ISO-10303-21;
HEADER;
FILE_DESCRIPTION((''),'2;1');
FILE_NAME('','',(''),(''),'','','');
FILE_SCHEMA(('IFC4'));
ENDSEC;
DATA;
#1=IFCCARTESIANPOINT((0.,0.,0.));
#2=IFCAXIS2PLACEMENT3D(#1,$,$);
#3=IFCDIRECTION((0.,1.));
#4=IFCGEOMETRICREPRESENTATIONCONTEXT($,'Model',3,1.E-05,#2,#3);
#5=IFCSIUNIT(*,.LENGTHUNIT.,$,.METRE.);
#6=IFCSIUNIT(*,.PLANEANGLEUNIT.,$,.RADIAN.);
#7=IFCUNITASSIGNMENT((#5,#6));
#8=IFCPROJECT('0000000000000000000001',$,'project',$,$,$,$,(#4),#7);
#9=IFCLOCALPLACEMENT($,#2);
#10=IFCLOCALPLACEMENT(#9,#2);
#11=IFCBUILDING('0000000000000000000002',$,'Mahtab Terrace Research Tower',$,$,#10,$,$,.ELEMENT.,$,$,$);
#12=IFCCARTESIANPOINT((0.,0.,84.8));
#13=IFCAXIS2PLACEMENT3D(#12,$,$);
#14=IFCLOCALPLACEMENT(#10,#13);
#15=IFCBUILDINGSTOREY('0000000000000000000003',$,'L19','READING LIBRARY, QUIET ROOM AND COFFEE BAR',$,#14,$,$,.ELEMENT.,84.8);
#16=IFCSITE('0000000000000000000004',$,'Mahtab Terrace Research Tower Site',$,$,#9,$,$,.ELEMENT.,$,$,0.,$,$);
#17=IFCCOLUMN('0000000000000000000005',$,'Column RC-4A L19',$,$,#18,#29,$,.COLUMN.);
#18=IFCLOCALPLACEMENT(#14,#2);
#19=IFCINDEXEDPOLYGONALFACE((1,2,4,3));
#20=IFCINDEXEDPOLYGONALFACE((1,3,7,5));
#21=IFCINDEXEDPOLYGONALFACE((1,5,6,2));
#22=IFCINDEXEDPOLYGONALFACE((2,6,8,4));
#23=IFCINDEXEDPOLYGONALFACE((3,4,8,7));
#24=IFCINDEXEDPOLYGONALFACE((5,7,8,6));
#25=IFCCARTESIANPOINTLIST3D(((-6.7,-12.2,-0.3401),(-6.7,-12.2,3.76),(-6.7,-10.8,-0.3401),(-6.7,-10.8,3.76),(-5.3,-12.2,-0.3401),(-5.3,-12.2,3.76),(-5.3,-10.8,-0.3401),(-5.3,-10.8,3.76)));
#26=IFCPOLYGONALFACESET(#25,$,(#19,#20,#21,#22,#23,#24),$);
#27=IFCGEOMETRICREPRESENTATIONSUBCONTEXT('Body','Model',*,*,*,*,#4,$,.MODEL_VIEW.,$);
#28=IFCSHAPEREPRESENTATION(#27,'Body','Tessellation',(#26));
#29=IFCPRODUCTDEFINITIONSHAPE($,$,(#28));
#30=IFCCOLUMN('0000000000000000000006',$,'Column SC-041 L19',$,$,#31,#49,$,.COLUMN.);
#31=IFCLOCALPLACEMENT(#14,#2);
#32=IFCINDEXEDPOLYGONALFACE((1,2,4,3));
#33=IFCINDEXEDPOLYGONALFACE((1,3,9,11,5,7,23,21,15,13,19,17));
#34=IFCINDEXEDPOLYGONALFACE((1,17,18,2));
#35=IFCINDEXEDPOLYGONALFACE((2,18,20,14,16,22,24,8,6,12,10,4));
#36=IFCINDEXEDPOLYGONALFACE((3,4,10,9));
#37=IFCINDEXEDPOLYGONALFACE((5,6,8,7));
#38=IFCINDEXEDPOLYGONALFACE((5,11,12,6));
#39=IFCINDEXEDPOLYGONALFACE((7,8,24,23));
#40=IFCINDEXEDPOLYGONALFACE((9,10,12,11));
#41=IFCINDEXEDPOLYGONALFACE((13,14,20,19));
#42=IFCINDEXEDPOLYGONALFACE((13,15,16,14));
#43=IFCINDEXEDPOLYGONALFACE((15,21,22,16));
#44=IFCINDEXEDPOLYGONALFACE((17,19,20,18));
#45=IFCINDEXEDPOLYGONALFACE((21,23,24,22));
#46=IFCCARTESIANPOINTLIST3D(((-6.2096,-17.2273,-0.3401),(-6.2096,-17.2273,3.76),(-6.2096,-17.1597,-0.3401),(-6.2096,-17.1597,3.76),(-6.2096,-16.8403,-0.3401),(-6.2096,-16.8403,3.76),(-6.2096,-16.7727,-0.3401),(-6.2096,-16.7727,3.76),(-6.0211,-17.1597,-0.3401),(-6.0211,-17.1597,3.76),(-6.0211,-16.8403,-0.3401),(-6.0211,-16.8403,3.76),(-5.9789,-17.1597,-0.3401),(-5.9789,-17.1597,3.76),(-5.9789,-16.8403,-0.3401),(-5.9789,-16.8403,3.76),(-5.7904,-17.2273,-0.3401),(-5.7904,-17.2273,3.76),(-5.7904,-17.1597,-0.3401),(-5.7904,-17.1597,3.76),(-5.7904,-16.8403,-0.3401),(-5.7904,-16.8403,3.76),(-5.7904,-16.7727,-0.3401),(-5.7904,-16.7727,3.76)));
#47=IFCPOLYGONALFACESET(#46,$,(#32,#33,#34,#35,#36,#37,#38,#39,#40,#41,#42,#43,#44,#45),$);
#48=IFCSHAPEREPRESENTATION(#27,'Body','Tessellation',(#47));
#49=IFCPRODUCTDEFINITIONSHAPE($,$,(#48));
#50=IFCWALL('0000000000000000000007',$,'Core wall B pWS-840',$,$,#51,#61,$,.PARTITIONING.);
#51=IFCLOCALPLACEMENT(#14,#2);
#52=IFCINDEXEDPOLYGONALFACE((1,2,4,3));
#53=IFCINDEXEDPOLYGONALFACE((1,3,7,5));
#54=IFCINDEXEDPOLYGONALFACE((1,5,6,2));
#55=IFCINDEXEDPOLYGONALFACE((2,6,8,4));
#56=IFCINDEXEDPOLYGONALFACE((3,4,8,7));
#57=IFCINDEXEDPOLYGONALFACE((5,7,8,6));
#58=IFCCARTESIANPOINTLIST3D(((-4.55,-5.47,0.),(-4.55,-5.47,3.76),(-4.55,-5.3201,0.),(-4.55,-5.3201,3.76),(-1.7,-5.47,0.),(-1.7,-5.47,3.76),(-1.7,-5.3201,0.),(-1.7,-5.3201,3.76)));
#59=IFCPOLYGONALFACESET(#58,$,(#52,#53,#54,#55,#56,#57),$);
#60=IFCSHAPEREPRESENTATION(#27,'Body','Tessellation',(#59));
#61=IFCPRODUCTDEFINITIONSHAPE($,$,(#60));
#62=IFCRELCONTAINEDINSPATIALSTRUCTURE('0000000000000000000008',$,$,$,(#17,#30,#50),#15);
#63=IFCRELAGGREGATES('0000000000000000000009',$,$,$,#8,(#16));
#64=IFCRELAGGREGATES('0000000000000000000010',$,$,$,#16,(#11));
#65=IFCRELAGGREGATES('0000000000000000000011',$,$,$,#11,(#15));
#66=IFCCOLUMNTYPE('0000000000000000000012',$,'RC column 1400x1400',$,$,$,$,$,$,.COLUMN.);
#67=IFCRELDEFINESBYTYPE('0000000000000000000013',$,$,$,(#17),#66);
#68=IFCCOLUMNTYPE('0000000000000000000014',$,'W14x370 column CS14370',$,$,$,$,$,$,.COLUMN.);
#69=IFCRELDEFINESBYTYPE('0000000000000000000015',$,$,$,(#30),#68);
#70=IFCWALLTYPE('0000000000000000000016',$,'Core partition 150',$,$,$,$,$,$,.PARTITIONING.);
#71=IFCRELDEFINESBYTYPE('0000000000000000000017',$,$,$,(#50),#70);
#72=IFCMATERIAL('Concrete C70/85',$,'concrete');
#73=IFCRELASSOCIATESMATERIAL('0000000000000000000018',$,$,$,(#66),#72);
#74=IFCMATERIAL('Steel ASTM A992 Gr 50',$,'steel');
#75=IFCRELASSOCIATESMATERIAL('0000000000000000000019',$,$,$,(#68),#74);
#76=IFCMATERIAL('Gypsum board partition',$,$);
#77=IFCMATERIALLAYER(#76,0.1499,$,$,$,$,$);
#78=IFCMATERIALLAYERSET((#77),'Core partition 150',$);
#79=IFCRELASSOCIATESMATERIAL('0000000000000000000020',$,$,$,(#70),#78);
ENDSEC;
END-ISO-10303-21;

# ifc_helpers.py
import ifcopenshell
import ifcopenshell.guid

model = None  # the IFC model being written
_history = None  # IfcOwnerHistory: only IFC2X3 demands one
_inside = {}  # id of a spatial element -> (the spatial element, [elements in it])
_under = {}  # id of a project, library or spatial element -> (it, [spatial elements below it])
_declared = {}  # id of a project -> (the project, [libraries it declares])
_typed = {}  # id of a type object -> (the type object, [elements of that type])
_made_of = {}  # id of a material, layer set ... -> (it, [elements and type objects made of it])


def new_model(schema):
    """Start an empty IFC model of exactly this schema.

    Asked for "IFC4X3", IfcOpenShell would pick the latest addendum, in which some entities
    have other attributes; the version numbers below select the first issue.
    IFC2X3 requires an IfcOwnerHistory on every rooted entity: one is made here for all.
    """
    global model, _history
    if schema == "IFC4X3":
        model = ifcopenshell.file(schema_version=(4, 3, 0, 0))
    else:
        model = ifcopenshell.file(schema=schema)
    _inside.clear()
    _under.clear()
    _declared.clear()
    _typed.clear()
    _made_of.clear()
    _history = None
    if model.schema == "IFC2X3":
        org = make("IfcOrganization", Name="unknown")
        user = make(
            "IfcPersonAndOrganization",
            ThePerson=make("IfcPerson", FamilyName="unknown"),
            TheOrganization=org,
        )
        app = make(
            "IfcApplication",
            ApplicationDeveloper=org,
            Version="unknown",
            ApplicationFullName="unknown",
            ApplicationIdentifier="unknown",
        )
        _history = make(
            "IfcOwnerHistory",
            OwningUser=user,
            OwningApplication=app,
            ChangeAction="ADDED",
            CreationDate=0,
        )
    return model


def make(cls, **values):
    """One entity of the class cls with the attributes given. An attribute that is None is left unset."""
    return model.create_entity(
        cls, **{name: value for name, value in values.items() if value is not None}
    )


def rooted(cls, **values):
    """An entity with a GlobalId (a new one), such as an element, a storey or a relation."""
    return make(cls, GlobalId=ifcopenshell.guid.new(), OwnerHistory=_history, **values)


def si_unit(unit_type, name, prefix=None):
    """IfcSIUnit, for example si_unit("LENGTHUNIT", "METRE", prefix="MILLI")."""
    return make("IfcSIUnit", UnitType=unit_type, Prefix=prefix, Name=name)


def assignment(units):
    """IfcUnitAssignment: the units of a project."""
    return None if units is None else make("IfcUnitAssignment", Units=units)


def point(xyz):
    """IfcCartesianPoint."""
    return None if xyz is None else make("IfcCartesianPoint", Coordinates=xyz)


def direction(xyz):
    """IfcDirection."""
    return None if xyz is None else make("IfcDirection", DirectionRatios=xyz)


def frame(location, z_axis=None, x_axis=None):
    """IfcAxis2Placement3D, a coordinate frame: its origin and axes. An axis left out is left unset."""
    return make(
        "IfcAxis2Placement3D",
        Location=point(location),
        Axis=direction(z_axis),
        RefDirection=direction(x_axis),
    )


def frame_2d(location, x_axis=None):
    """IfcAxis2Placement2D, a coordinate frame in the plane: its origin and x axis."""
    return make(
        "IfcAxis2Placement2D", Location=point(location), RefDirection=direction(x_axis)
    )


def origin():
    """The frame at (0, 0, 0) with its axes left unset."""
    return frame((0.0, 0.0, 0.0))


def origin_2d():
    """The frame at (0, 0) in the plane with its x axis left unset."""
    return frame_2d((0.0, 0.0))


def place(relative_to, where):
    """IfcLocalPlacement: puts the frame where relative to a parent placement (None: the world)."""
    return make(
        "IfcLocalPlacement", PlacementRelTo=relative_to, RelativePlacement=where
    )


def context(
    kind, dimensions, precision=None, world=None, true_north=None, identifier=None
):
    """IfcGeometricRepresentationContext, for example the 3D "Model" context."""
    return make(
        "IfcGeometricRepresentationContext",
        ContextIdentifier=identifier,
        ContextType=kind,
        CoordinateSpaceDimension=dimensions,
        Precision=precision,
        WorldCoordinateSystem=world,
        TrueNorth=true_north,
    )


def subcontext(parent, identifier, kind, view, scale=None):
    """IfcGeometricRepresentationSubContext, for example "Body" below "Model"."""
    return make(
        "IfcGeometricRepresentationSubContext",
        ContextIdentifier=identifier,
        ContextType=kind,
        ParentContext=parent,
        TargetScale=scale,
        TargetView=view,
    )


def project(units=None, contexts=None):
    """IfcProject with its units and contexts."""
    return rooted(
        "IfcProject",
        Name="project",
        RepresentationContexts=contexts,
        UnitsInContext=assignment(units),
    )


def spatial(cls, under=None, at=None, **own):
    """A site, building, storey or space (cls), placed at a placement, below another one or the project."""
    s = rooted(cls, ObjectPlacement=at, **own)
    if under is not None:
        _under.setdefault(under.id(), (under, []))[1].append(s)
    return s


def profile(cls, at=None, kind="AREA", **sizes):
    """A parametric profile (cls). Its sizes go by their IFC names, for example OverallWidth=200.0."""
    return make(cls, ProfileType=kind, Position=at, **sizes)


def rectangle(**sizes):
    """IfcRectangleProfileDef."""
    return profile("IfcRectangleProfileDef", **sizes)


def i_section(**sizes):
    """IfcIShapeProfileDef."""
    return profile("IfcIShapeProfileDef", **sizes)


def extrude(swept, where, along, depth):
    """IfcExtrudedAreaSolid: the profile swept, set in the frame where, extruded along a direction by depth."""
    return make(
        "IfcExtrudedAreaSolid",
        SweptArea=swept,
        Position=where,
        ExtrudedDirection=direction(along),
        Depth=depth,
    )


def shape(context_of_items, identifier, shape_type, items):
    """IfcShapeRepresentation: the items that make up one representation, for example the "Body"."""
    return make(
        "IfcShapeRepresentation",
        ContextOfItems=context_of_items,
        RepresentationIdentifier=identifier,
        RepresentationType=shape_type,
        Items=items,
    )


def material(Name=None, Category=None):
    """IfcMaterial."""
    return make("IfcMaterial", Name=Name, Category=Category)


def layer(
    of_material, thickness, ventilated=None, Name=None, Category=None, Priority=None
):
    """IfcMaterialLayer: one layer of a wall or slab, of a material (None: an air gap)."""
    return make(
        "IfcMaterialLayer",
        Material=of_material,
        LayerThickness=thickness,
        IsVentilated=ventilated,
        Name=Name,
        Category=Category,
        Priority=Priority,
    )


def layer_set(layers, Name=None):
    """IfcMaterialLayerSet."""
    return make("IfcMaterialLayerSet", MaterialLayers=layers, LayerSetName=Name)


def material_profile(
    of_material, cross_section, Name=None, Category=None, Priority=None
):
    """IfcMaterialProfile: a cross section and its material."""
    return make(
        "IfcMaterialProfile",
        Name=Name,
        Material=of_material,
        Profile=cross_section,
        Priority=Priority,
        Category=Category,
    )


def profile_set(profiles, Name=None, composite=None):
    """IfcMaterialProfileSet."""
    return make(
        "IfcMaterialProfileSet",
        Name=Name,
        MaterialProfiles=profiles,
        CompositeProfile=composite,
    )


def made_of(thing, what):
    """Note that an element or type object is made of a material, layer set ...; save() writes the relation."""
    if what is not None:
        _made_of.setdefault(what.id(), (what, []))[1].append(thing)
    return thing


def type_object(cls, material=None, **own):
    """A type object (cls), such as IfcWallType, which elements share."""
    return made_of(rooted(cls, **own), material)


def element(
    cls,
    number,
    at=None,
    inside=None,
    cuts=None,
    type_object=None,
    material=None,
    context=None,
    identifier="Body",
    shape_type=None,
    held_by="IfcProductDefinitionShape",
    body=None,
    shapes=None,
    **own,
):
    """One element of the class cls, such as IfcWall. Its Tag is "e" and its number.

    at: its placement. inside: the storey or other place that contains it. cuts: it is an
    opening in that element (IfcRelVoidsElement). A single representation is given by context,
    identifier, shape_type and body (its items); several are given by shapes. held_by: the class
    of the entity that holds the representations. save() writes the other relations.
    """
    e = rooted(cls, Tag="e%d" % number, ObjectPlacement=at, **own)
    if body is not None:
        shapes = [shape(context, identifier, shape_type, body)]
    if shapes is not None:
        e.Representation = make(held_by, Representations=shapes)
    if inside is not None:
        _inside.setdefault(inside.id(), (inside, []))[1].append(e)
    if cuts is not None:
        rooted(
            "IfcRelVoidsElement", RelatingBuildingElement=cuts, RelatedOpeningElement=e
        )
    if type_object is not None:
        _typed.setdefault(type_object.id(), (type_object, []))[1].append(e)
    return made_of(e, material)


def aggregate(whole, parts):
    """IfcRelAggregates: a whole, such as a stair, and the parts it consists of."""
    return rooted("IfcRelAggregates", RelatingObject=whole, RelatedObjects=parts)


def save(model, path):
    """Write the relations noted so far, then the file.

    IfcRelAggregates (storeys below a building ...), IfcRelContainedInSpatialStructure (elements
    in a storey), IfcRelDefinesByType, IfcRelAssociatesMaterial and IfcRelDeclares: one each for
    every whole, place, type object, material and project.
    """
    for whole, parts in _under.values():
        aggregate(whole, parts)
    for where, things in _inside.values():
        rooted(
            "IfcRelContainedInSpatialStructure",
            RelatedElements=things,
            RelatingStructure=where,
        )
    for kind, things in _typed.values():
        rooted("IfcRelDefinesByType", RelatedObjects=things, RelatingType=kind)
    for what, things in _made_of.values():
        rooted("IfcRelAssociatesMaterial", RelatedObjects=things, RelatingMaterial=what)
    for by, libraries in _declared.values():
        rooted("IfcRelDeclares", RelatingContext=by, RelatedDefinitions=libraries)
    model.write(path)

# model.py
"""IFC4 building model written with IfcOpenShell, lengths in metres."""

from ifc_helpers import new_model, si_unit, direction, frame, frame_2d, origin, origin_2d, place, context, subcontext, project, spatial, rectangle, i_section, extrude, material, layer, layer_set, material_profile, profile_set, type_object, element, save


model = new_model("IFC4")

# Units and contexts
model_context = context("Model", 3, precision=1e-05, world=origin(), true_north=direction((0.0, 1.0)))
body_context = subcontext(model_context, "Body", "Model", "MODEL_VIEW")
ifc_project = project(units=[si_unit("LENGTHUNIT", "METRE"), si_unit("PLANEANGLEUNIT", "RADIAN")], contexts=[model_context])

# Site, building, storey
site_placement = place(None, origin())
site = spatial("IfcSite", under=ifc_project, at=site_placement, Name="Mahtab Terrace Research Tower Site", CompositionType="ELEMENT", RefElevation=0.0)
building_placement = place(site_placement, origin())
building = spatial("IfcBuilding", under=site, at=building_placement, Name="Mahtab Terrace Research Tower", CompositionType="ELEMENT")
storey_placement = place(building_placement, frame((0.0, 0.0, 84.8)))
storey = spatial("IfcBuildingStorey", under=building, at=storey_placement, Name="L19", Description="READING LIBRARY, QUIET ROOM AND COFFEE BAR", CompositionType="ELEMENT", Elevation=84.8)

# Columns
ifc_material_1 = material(Name="Concrete C70/85", Category="concrete")
ifc_material_profile_1 = material_profile(ifc_material_1, rectangle(XDim=1.3999, YDim=1.3999, at=origin_2d()), Name="RC column 1400x1400")
ifc_profile_set_1 = profile_set([ifc_material_profile_1], Name="Concrete C70/85")
column_type_1 = type_object("IfcColumnType", Name="RC column 1400x1400", PredefinedType="COLUMN", material=ifc_profile_set_1)
column_1_placement = place(storey_placement, frame((-6.0, -11.5, -0.3401), z_axis=(0.0, 0.0, 1.0), x_axis=(1.0, 0.0, 0.0)))
element("IfcColumn", 1, at=column_1_placement, inside=storey, type_object=column_type_1, Name="Column RC-4A L19", PredefinedType="COLUMN", context=body_context, shape_type="SweptSolid", body=[
    extrude(rectangle(XDim=1.3999, YDim=1.3999, at=origin_2d()), origin(), (0.0, 0.0, 1.0), 4.1001),
])
ifc_material_2 = material(Name="Steel ASTM A992 Gr 50", Category="steel")
ifc_material_profile_2 = material_profile(ifc_material_2, i_section(OverallWidth=0.4192, OverallDepth=0.4546, WebThickness=0.0422, FlangeThickness=0.0676, at=origin_2d()), Name="W14X370")
ifc_profile_set_2 = profile_set([ifc_material_profile_2], Name="Steel ASTM A992 Gr 50")
column_type_2 = type_object("IfcColumnType", Name="W14x370 column CS14370", PredefinedType="COLUMN", material=ifc_profile_set_2)
column_2_placement = place(storey_placement, frame((-6.0, -17.0, -0.3401), z_axis=(0.0, 0.0, 1.0), x_axis=(1.0, 0.0, 0.0)))
element("IfcColumn", 2, at=column_2_placement, inside=storey, type_object=column_type_2, Name="Column SC-041 L19", PredefinedType="COLUMN", context=body_context, shape_type="SweptSolid", body=[
    extrude(i_section(OverallWidth=0.4192, OverallDepth=0.4546, WebThickness=0.0422, FlangeThickness=0.0676, at=origin_2d()), origin(), (0.0, 0.0, 1.0), 4.1001),
])

# Wall
ifc_material_3 = material(Name="Gypsum board partition")
ifc_layer_1 = layer(ifc_material_3, 0.1499)
ifc_layer_set_1 = layer_set([ifc_layer_1], Name="Core partition 150")
wall_type_1 = type_object("IfcWallType", Name="Core partition 150", PredefinedType="PARTITIONING", material=ifc_layer_set_1)
wall_1_placement = place(storey_placement, frame((-4.55, -5.395, 0.0), z_axis=(0.0, 0.0, 1.0), x_axis=(1.0, 0.0, 0.0)))
element("IfcWall", 3, at=wall_1_placement, inside=storey, type_object=wall_type_1, Name="Core wall B pWS-840", PredefinedType="PARTITIONING", context=body_context, shape_type="SweptSolid", body=[
    extrude(rectangle(XDim=2.8501, YDim=0.1499, at=frame_2d((1.425, 0.0))), origin(), (0.0, 0.0, 1.0), 3.76),
])

save(model, "model.ifc")
